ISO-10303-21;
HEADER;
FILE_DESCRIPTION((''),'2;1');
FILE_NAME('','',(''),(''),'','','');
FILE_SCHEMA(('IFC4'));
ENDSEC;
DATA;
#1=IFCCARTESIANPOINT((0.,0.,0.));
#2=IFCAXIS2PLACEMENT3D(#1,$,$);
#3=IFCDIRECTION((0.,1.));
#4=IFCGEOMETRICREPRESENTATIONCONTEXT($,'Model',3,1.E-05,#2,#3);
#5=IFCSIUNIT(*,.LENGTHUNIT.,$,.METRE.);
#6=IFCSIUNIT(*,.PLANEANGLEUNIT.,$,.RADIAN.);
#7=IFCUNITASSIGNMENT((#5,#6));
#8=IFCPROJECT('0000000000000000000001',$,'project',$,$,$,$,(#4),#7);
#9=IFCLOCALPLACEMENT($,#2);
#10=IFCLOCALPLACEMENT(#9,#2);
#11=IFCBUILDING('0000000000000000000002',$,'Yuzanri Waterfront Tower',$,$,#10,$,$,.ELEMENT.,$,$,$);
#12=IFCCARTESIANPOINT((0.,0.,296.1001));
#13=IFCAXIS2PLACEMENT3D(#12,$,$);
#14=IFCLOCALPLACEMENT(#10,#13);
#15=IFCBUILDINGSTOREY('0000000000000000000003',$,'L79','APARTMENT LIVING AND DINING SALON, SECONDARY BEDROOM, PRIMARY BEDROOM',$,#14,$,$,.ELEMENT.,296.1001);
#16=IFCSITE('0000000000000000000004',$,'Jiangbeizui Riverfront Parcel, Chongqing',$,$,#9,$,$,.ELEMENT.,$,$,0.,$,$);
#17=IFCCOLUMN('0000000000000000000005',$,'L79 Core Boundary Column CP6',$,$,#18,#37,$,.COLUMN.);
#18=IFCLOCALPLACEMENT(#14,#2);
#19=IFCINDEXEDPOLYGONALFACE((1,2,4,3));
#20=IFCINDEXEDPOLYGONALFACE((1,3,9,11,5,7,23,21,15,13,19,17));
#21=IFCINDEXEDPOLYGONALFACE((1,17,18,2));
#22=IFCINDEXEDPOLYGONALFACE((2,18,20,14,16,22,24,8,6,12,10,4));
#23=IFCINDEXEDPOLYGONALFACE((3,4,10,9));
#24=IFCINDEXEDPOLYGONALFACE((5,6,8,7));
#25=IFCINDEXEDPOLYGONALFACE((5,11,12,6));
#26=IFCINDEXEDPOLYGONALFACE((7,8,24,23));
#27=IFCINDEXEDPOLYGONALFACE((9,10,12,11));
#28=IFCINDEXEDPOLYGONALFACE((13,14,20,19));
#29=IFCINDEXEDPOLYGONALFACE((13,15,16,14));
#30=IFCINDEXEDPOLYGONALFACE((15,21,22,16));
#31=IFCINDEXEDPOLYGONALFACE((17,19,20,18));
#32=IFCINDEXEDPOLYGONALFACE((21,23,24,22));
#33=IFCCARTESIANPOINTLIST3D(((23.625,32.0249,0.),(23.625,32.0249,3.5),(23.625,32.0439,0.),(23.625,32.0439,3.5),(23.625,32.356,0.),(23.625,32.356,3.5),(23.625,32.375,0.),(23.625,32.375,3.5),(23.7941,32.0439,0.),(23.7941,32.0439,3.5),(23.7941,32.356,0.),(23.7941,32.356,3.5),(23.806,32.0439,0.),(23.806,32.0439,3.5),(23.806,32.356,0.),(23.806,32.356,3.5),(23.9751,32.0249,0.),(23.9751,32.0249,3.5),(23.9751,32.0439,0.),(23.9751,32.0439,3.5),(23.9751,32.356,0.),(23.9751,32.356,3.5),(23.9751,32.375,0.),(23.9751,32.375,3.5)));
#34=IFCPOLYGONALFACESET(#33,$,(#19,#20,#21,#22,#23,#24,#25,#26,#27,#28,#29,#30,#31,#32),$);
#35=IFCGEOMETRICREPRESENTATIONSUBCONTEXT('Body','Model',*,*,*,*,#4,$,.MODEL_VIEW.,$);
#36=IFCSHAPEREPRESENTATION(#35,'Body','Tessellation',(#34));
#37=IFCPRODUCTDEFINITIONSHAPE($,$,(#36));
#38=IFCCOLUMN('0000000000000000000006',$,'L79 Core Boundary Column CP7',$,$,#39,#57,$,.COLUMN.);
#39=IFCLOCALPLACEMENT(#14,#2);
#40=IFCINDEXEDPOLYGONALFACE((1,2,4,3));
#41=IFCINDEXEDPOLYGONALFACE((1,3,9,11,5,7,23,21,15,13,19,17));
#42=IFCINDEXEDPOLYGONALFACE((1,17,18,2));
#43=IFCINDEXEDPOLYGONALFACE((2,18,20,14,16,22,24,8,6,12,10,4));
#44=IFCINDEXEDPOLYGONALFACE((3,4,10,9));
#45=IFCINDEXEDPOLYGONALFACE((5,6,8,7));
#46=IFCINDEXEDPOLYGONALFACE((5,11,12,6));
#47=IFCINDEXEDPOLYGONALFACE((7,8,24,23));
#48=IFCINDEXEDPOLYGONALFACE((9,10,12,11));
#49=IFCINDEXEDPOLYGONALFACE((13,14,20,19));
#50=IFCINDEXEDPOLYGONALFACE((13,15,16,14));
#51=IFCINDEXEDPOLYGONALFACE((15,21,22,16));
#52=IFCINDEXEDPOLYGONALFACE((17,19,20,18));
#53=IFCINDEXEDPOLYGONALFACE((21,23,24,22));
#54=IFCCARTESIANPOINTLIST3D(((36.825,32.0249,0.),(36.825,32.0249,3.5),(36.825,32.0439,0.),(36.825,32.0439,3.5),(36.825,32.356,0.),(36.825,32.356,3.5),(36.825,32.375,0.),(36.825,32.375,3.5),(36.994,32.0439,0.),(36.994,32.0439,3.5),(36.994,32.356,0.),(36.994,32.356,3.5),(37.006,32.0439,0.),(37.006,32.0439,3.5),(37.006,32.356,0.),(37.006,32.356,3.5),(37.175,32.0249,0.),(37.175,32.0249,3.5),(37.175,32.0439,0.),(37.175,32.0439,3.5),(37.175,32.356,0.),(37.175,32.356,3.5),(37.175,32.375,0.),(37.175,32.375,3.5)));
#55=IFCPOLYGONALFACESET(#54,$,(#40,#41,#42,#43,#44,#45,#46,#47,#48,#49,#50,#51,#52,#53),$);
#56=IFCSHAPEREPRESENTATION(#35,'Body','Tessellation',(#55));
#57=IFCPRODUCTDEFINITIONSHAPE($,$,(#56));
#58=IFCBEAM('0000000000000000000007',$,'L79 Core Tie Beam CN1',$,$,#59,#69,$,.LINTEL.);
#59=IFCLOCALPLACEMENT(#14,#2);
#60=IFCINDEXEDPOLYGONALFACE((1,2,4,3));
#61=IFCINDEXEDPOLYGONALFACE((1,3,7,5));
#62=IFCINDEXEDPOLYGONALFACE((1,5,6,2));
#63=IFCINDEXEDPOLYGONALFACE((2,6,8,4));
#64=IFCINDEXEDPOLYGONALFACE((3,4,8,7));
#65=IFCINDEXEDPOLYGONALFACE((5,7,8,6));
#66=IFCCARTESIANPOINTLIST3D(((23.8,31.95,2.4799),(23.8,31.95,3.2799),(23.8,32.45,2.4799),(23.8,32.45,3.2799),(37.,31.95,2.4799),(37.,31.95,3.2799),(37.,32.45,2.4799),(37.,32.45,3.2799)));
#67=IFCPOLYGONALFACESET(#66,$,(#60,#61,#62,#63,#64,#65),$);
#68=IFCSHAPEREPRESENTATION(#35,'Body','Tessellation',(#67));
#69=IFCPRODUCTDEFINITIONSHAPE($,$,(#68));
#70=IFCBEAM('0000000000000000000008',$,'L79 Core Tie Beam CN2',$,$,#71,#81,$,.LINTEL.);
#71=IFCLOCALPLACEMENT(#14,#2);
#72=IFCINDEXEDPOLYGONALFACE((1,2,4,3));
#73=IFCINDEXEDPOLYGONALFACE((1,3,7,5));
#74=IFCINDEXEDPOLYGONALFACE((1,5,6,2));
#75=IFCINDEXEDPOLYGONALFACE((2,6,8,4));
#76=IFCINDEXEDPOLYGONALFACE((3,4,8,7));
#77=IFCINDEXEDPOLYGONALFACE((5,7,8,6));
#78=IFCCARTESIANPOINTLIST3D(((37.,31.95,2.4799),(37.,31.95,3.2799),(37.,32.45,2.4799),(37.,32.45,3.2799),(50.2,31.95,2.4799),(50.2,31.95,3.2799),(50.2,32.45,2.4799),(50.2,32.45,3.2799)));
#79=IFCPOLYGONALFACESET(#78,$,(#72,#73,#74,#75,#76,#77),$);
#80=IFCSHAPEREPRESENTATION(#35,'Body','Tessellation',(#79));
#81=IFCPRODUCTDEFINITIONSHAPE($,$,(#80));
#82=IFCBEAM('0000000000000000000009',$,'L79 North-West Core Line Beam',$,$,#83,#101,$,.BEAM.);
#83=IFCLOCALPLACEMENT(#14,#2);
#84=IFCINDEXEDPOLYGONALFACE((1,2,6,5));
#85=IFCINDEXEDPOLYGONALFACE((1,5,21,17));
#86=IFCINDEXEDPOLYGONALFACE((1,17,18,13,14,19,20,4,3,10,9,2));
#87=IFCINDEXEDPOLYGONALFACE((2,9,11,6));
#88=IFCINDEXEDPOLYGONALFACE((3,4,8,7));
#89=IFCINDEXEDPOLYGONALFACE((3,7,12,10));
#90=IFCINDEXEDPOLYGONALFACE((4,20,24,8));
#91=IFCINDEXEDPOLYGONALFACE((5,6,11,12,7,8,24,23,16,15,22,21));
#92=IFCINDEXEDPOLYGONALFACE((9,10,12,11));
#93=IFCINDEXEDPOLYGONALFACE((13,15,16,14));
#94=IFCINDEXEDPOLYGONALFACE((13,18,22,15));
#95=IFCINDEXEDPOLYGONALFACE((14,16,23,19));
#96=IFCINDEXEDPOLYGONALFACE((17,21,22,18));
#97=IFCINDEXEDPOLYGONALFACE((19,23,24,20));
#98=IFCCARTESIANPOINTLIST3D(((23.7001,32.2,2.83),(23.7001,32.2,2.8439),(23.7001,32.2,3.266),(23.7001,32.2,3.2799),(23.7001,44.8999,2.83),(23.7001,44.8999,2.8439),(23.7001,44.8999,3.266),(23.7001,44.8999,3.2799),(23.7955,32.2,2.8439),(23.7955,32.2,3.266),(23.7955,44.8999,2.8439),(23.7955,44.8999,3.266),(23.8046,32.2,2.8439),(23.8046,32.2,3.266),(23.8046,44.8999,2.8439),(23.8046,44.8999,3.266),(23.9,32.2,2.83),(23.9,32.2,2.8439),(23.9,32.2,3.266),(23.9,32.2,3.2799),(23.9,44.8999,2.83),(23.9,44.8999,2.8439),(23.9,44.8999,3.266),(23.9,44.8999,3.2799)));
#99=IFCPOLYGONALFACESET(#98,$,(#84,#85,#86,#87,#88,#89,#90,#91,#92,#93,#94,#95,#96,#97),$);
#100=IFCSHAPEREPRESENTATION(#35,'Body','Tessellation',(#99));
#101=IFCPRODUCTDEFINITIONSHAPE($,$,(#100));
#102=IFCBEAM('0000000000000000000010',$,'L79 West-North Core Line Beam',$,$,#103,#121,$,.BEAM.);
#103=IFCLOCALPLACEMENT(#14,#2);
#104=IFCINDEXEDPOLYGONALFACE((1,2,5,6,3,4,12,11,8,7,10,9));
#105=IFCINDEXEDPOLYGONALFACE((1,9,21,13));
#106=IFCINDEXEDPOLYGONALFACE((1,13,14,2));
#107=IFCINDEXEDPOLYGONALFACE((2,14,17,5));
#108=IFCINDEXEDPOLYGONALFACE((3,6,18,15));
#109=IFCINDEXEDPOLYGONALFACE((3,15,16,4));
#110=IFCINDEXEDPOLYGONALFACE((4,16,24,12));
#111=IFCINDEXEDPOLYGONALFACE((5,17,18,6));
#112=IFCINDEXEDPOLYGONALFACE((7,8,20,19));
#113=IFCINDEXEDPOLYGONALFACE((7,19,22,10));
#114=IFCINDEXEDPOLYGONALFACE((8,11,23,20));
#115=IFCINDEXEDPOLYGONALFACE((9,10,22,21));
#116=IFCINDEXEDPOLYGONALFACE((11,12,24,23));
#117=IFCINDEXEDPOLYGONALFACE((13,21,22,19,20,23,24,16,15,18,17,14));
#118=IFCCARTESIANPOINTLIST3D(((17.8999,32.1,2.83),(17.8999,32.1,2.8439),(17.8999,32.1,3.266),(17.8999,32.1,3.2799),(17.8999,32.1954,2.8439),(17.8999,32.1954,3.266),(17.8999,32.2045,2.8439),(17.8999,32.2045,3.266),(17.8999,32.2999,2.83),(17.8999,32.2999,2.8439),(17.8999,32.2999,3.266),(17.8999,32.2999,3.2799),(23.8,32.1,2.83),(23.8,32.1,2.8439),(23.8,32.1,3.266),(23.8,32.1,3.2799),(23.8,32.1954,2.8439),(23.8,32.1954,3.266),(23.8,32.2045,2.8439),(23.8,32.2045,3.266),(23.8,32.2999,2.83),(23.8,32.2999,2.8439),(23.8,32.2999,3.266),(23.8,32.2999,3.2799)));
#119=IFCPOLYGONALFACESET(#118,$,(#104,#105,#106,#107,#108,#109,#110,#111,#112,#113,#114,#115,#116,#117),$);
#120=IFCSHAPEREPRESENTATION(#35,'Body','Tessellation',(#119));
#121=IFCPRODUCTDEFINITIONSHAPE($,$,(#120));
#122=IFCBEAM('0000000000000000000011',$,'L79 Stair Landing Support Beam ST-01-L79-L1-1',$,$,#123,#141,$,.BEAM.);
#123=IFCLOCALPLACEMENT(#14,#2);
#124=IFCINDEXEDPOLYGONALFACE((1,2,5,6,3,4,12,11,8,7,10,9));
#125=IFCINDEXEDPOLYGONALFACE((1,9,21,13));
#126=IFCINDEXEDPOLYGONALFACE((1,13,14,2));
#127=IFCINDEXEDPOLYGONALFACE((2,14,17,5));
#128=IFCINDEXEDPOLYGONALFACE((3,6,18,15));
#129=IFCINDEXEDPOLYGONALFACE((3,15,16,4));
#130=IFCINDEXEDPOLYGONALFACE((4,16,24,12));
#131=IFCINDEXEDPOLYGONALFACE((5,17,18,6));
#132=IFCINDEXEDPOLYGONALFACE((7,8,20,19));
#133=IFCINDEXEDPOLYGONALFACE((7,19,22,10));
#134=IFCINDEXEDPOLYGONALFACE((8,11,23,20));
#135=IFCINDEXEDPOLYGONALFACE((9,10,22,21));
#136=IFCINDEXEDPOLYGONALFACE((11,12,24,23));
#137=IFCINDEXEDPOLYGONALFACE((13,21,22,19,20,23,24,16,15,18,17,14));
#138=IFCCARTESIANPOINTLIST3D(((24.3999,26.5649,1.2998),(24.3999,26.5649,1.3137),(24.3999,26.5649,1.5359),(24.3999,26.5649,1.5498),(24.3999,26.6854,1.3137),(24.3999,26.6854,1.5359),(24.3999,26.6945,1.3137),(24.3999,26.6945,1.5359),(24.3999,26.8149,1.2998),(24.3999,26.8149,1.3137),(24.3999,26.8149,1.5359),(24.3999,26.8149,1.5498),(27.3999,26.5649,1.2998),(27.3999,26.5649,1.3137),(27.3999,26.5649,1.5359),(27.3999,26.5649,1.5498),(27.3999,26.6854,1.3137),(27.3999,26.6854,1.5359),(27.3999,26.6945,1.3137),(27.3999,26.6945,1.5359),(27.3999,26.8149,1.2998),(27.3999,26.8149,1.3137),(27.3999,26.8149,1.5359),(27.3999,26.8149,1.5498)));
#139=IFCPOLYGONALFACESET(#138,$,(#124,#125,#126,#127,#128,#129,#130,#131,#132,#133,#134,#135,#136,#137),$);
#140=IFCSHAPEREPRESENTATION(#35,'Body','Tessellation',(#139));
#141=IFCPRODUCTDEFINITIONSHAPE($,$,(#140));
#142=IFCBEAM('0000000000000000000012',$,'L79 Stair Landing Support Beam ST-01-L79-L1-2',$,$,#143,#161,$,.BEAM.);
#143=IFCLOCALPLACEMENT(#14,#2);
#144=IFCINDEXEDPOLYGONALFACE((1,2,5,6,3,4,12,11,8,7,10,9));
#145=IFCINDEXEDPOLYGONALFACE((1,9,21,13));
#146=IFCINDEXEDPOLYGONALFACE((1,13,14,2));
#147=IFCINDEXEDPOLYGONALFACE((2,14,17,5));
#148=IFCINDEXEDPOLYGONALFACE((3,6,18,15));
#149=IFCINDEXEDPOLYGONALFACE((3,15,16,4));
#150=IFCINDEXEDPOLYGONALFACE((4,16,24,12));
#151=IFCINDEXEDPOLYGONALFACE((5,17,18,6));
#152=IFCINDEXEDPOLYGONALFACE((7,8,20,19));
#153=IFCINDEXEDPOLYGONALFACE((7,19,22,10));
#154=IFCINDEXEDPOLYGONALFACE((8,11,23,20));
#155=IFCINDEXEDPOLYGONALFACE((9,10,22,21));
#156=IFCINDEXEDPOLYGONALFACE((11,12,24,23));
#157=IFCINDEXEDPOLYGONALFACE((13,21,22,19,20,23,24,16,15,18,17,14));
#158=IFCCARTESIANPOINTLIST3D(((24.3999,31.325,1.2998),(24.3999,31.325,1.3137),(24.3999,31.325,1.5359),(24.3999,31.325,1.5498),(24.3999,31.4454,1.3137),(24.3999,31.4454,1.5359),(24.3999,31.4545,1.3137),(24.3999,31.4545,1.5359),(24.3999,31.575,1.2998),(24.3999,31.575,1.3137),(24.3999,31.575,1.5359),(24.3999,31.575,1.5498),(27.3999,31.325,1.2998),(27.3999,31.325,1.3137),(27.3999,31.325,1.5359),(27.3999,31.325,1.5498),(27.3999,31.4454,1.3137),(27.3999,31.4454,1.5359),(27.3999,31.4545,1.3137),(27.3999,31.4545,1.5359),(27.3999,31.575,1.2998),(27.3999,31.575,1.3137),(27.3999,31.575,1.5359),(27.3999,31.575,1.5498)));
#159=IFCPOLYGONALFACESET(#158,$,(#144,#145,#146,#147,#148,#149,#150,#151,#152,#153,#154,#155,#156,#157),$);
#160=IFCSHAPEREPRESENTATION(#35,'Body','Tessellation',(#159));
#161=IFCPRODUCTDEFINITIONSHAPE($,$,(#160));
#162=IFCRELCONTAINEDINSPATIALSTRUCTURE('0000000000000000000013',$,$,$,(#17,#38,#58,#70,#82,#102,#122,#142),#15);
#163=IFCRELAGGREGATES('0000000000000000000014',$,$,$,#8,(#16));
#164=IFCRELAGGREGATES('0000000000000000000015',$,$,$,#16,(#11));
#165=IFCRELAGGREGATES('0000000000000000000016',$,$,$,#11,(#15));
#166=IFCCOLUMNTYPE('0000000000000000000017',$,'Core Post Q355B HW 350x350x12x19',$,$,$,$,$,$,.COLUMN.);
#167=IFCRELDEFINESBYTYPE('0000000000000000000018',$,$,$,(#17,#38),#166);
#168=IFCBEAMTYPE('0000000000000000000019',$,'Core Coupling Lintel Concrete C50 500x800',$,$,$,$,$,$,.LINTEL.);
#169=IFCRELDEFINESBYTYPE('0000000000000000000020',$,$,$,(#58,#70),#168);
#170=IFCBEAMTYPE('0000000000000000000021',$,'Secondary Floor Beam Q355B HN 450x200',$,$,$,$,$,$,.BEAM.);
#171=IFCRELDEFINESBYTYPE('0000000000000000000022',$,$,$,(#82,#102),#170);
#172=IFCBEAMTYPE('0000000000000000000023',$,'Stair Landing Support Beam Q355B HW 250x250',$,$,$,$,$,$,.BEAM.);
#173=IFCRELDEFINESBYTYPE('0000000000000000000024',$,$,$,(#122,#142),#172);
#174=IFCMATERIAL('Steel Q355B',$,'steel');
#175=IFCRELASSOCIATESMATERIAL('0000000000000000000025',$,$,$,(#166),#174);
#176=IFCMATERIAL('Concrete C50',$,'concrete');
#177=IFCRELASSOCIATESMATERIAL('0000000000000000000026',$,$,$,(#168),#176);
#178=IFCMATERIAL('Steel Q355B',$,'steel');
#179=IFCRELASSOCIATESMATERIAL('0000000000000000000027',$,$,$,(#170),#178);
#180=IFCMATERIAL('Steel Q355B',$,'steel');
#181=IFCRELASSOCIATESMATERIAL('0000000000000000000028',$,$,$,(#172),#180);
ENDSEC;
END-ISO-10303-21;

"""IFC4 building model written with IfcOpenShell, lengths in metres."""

from ifc_helpers import new_model, si_unit, direction, frame, origin, origin_2d, place, context, subcontext, project, spatial, rectangle, i_section, extrude, source, transform, mapped, material, material_profile, profile_set, type_object, element, save


model = new_model("IFC4")

# Units and contexts
model_context = context("Model", 3, precision=1e-05, world=origin(), true_north=direction((0.0, 1.0)))
body_context = subcontext(model_context, "Body", "Model", "MODEL_VIEW")
ifc_project = project(units=[si_unit("LENGTHUNIT", "METRE"), si_unit("PLANEANGLEUNIT", "RADIAN")], contexts=[model_context])

# Site, building, storey
site_placement = place(None, origin())
site = spatial("IfcSite", under=ifc_project, at=site_placement, Name="Jiangbeizui Riverfront Parcel, Chongqing", CompositionType="ELEMENT", RefElevation=0.0)
building_placement = place(site_placement, origin())
building = spatial("IfcBuilding", under=site, at=building_placement, Name="Yuzanri Waterfront Tower", CompositionType="ELEMENT")
storey_placement = place(building_placement, frame((0.0, 0.0, 296.1001)))
storey = spatial("IfcBuildingStorey", under=building, at=storey_placement, Name="L79", Description="APARTMENT LIVING AND DINING SALON, SECONDARY BEDROOM, PRIMARY BEDROOM", CompositionType="ELEMENT", Elevation=296.1001)

# Columns
ifc_material_1 = material(Name="Steel Q355B", Category="steel")
ifc_material_profile_1 = material_profile(ifc_material_1, i_section(OverallWidth=0.3501, OverallDepth=0.3501, WebThickness=0.012, FlangeThickness=0.019, at=origin_2d()), Name="HW 350x350x12x19")
ifc_profile_set_1 = profile_set([ifc_material_profile_1], Name="Steel Q355B")
column_type = type_object("IfcColumnType", Name="Core Post Q355B HW 350x350x12x19", PredefinedType="COLUMN", material=ifc_profile_set_1)
shared_shape_1 = source(origin(), body_context, "Body", "SweptSolid", [
    extrude(i_section(OverallWidth=0.3501, OverallDepth=0.3501, WebThickness=0.012, FlangeThickness=0.019, at=origin_2d()), origin(), (0.0, 0.0, 1.0), 3.5),
])
for number, where, z_axis, x_axis, name in (
    (1, (23.8, 32.2, 0.0), (0.0, 0.0, 1.0), (1.0, 0.0, 0.0), "L79 Core Boundary Column CP6"),
    (2, (37.0, 32.2, 0.0), (0.0, 0.0, 1.0), (1.0, 0.0, 0.0), "L79 Core Boundary Column CP7"),
):
    element("IfcColumn", number, at=place(storey_placement, frame(where, z_axis=z_axis, x_axis=x_axis)), inside=storey, type_object=column_type, Name=name, PredefinedType="COLUMN", context=body_context, shape_type="MappedRepresentation", body=[
        mapped(shared_shape_1, transform((0.0, 0.0, 0.0), scale=1.0)),
    ])

# Beams
ifc_material_2 = material(Name="Concrete C50", Category="concrete")
ifc_material_profile_2 = material_profile(ifc_material_2, rectangle(XDim=0.5, YDim=0.8, at=origin_2d()), Name="RC 500x800")
ifc_profile_set_2 = profile_set([ifc_material_profile_2], Name="Concrete C50")
beam_type_1 = type_object("IfcBeamType", Name="Core Coupling Lintel Concrete C50 500x800", PredefinedType="LINTEL", material=ifc_profile_set_2)
shared_shape_2 = source(origin(), body_context, "Body", "SweptSolid", [
    extrude(rectangle(XDim=0.5, YDim=0.8, at=origin_2d()), origin(), (0.0, 0.0, 1.0), 13.2),
])
for number, where, z_axis, x_axis, name in (
    (3, (23.8, 32.2, 2.8799), (1.0, 0.0, 0.0), (0.0, 1.0, 0.0), "L79 Core Tie Beam CN1"),
    (4, (37.0, 32.2, 2.8799), (1.0, 0.0, 0.0), (0.0, 1.0, 0.0), "L79 Core Tie Beam CN2"),
):
    element("IfcBeam", number, at=place(storey_placement, frame(where, z_axis=z_axis, x_axis=x_axis)), inside=storey, type_object=beam_type_1, Name=name, PredefinedType="LINTEL", context=body_context, shape_type="MappedRepresentation", body=[
        mapped(shared_shape_2, transform((0.0, 0.0, 0.0), scale=1.0)),
    ])
ifc_material_3 = material(Name="Steel Q355B", Category="steel")
ifc_material_profile_3 = material_profile(ifc_material_3, i_section(OverallWidth=0.2, OverallDepth=0.45, WebThickness=0.009, FlangeThickness=0.0139, at=origin_2d()), Name="HN 450x200x9x14")
ifc_profile_set_3 = profile_set([ifc_material_profile_3], Name="Steel Q355B")
beam_type_2 = type_object("IfcBeamType", Name="Secondary Floor Beam Q355B HN 450x200", PredefinedType="BEAM", material=ifc_profile_set_3)
shared_shape_3 = source(origin(), body_context, "Body", "SweptSolid", [
    extrude(i_section(OverallWidth=0.2, OverallDepth=0.45, WebThickness=0.009, FlangeThickness=0.0139, at=origin_2d()), origin(), (0.0, 0.0, 1.0), 12.7),
])
beam_1_placement = place(storey_placement, frame((23.8, 32.2, 3.0549), z_axis=(0.0, 1.0, 0.0), x_axis=(-1.0, 0.0, 0.0)))
element("IfcBeam", 5, at=beam_1_placement, inside=storey, type_object=beam_type_2, Name="L79 North-West Core Line Beam", PredefinedType="BEAM", context=body_context, shape_type="MappedRepresentation", body=[
    mapped(shared_shape_3, transform((0.0, 0.0, 0.0), scale=1.0)),
])
shared_shape_4 = source(origin(), body_context, "Body", "SweptSolid", [
    extrude(i_section(OverallWidth=0.2, OverallDepth=0.45, WebThickness=0.009, FlangeThickness=0.0139, at=origin_2d()), origin(), (0.0, 0.0, 1.0), 5.9001),
])
beam_2_placement = place(storey_placement, frame((23.8, 32.2, 3.0549), z_axis=(-1.0, 0.0, 0.0), x_axis=(0.0, -1.0, 0.0)))
element("IfcBeam", 6, at=beam_2_placement, inside=storey, type_object=beam_type_2, Name="L79 West-North Core Line Beam", PredefinedType="BEAM", context=body_context, shape_type="MappedRepresentation", body=[
    mapped(shared_shape_4, transform((0.0, 0.0, 0.0), scale=1.0)),
])
ifc_material_4 = material(Name="Steel Q355B", Category="steel")
ifc_material_profile_4 = material_profile(ifc_material_4, i_section(OverallWidth=0.25, OverallDepth=0.25, WebThickness=0.009, FlangeThickness=0.0139, at=origin_2d()), Name="HW 250x250x9x14")
ifc_profile_set_4 = profile_set([ifc_material_profile_4], Name="Steel Q355B")
beam_type_3 = type_object("IfcBeamType", Name="Stair Landing Support Beam Q355B HW 250x250", PredefinedType="BEAM", material=ifc_profile_set_4)
shared_shape_5 = source(origin(), body_context, "Body", "SweptSolid", [
    extrude(i_section(OverallWidth=0.25, OverallDepth=0.25, WebThickness=0.009, FlangeThickness=0.0139, at=origin_2d()), origin(), (0.0, 0.0, 1.0), 3.0),
])
for number, where, z_axis, x_axis, name in (
    (7, (24.3999, 26.6899, 1.4248), (1.0, 0.0, 0.0), (0.0, 1.0, 0.0), "L79 Stair Landing Support Beam ST-01-L79-L1-1"),
    (8, (24.3999, 31.45, 1.4248), (1.0, 0.0, 0.0), (0.0, 1.0, 0.0), "L79 Stair Landing Support Beam ST-01-L79-L1-2"),
):
    element("IfcBeam", number, at=place(storey_placement, frame(where, z_axis=z_axis, x_axis=x_axis)), inside=storey, type_object=beam_type_3, Name=name, PredefinedType="BEAM", context=body_context, shape_type="MappedRepresentation", body=[
        mapped(shared_shape_5, transform((0.0, 0.0, 0.0), scale=1.0)),
    ])

save(model, "model.ifc")
